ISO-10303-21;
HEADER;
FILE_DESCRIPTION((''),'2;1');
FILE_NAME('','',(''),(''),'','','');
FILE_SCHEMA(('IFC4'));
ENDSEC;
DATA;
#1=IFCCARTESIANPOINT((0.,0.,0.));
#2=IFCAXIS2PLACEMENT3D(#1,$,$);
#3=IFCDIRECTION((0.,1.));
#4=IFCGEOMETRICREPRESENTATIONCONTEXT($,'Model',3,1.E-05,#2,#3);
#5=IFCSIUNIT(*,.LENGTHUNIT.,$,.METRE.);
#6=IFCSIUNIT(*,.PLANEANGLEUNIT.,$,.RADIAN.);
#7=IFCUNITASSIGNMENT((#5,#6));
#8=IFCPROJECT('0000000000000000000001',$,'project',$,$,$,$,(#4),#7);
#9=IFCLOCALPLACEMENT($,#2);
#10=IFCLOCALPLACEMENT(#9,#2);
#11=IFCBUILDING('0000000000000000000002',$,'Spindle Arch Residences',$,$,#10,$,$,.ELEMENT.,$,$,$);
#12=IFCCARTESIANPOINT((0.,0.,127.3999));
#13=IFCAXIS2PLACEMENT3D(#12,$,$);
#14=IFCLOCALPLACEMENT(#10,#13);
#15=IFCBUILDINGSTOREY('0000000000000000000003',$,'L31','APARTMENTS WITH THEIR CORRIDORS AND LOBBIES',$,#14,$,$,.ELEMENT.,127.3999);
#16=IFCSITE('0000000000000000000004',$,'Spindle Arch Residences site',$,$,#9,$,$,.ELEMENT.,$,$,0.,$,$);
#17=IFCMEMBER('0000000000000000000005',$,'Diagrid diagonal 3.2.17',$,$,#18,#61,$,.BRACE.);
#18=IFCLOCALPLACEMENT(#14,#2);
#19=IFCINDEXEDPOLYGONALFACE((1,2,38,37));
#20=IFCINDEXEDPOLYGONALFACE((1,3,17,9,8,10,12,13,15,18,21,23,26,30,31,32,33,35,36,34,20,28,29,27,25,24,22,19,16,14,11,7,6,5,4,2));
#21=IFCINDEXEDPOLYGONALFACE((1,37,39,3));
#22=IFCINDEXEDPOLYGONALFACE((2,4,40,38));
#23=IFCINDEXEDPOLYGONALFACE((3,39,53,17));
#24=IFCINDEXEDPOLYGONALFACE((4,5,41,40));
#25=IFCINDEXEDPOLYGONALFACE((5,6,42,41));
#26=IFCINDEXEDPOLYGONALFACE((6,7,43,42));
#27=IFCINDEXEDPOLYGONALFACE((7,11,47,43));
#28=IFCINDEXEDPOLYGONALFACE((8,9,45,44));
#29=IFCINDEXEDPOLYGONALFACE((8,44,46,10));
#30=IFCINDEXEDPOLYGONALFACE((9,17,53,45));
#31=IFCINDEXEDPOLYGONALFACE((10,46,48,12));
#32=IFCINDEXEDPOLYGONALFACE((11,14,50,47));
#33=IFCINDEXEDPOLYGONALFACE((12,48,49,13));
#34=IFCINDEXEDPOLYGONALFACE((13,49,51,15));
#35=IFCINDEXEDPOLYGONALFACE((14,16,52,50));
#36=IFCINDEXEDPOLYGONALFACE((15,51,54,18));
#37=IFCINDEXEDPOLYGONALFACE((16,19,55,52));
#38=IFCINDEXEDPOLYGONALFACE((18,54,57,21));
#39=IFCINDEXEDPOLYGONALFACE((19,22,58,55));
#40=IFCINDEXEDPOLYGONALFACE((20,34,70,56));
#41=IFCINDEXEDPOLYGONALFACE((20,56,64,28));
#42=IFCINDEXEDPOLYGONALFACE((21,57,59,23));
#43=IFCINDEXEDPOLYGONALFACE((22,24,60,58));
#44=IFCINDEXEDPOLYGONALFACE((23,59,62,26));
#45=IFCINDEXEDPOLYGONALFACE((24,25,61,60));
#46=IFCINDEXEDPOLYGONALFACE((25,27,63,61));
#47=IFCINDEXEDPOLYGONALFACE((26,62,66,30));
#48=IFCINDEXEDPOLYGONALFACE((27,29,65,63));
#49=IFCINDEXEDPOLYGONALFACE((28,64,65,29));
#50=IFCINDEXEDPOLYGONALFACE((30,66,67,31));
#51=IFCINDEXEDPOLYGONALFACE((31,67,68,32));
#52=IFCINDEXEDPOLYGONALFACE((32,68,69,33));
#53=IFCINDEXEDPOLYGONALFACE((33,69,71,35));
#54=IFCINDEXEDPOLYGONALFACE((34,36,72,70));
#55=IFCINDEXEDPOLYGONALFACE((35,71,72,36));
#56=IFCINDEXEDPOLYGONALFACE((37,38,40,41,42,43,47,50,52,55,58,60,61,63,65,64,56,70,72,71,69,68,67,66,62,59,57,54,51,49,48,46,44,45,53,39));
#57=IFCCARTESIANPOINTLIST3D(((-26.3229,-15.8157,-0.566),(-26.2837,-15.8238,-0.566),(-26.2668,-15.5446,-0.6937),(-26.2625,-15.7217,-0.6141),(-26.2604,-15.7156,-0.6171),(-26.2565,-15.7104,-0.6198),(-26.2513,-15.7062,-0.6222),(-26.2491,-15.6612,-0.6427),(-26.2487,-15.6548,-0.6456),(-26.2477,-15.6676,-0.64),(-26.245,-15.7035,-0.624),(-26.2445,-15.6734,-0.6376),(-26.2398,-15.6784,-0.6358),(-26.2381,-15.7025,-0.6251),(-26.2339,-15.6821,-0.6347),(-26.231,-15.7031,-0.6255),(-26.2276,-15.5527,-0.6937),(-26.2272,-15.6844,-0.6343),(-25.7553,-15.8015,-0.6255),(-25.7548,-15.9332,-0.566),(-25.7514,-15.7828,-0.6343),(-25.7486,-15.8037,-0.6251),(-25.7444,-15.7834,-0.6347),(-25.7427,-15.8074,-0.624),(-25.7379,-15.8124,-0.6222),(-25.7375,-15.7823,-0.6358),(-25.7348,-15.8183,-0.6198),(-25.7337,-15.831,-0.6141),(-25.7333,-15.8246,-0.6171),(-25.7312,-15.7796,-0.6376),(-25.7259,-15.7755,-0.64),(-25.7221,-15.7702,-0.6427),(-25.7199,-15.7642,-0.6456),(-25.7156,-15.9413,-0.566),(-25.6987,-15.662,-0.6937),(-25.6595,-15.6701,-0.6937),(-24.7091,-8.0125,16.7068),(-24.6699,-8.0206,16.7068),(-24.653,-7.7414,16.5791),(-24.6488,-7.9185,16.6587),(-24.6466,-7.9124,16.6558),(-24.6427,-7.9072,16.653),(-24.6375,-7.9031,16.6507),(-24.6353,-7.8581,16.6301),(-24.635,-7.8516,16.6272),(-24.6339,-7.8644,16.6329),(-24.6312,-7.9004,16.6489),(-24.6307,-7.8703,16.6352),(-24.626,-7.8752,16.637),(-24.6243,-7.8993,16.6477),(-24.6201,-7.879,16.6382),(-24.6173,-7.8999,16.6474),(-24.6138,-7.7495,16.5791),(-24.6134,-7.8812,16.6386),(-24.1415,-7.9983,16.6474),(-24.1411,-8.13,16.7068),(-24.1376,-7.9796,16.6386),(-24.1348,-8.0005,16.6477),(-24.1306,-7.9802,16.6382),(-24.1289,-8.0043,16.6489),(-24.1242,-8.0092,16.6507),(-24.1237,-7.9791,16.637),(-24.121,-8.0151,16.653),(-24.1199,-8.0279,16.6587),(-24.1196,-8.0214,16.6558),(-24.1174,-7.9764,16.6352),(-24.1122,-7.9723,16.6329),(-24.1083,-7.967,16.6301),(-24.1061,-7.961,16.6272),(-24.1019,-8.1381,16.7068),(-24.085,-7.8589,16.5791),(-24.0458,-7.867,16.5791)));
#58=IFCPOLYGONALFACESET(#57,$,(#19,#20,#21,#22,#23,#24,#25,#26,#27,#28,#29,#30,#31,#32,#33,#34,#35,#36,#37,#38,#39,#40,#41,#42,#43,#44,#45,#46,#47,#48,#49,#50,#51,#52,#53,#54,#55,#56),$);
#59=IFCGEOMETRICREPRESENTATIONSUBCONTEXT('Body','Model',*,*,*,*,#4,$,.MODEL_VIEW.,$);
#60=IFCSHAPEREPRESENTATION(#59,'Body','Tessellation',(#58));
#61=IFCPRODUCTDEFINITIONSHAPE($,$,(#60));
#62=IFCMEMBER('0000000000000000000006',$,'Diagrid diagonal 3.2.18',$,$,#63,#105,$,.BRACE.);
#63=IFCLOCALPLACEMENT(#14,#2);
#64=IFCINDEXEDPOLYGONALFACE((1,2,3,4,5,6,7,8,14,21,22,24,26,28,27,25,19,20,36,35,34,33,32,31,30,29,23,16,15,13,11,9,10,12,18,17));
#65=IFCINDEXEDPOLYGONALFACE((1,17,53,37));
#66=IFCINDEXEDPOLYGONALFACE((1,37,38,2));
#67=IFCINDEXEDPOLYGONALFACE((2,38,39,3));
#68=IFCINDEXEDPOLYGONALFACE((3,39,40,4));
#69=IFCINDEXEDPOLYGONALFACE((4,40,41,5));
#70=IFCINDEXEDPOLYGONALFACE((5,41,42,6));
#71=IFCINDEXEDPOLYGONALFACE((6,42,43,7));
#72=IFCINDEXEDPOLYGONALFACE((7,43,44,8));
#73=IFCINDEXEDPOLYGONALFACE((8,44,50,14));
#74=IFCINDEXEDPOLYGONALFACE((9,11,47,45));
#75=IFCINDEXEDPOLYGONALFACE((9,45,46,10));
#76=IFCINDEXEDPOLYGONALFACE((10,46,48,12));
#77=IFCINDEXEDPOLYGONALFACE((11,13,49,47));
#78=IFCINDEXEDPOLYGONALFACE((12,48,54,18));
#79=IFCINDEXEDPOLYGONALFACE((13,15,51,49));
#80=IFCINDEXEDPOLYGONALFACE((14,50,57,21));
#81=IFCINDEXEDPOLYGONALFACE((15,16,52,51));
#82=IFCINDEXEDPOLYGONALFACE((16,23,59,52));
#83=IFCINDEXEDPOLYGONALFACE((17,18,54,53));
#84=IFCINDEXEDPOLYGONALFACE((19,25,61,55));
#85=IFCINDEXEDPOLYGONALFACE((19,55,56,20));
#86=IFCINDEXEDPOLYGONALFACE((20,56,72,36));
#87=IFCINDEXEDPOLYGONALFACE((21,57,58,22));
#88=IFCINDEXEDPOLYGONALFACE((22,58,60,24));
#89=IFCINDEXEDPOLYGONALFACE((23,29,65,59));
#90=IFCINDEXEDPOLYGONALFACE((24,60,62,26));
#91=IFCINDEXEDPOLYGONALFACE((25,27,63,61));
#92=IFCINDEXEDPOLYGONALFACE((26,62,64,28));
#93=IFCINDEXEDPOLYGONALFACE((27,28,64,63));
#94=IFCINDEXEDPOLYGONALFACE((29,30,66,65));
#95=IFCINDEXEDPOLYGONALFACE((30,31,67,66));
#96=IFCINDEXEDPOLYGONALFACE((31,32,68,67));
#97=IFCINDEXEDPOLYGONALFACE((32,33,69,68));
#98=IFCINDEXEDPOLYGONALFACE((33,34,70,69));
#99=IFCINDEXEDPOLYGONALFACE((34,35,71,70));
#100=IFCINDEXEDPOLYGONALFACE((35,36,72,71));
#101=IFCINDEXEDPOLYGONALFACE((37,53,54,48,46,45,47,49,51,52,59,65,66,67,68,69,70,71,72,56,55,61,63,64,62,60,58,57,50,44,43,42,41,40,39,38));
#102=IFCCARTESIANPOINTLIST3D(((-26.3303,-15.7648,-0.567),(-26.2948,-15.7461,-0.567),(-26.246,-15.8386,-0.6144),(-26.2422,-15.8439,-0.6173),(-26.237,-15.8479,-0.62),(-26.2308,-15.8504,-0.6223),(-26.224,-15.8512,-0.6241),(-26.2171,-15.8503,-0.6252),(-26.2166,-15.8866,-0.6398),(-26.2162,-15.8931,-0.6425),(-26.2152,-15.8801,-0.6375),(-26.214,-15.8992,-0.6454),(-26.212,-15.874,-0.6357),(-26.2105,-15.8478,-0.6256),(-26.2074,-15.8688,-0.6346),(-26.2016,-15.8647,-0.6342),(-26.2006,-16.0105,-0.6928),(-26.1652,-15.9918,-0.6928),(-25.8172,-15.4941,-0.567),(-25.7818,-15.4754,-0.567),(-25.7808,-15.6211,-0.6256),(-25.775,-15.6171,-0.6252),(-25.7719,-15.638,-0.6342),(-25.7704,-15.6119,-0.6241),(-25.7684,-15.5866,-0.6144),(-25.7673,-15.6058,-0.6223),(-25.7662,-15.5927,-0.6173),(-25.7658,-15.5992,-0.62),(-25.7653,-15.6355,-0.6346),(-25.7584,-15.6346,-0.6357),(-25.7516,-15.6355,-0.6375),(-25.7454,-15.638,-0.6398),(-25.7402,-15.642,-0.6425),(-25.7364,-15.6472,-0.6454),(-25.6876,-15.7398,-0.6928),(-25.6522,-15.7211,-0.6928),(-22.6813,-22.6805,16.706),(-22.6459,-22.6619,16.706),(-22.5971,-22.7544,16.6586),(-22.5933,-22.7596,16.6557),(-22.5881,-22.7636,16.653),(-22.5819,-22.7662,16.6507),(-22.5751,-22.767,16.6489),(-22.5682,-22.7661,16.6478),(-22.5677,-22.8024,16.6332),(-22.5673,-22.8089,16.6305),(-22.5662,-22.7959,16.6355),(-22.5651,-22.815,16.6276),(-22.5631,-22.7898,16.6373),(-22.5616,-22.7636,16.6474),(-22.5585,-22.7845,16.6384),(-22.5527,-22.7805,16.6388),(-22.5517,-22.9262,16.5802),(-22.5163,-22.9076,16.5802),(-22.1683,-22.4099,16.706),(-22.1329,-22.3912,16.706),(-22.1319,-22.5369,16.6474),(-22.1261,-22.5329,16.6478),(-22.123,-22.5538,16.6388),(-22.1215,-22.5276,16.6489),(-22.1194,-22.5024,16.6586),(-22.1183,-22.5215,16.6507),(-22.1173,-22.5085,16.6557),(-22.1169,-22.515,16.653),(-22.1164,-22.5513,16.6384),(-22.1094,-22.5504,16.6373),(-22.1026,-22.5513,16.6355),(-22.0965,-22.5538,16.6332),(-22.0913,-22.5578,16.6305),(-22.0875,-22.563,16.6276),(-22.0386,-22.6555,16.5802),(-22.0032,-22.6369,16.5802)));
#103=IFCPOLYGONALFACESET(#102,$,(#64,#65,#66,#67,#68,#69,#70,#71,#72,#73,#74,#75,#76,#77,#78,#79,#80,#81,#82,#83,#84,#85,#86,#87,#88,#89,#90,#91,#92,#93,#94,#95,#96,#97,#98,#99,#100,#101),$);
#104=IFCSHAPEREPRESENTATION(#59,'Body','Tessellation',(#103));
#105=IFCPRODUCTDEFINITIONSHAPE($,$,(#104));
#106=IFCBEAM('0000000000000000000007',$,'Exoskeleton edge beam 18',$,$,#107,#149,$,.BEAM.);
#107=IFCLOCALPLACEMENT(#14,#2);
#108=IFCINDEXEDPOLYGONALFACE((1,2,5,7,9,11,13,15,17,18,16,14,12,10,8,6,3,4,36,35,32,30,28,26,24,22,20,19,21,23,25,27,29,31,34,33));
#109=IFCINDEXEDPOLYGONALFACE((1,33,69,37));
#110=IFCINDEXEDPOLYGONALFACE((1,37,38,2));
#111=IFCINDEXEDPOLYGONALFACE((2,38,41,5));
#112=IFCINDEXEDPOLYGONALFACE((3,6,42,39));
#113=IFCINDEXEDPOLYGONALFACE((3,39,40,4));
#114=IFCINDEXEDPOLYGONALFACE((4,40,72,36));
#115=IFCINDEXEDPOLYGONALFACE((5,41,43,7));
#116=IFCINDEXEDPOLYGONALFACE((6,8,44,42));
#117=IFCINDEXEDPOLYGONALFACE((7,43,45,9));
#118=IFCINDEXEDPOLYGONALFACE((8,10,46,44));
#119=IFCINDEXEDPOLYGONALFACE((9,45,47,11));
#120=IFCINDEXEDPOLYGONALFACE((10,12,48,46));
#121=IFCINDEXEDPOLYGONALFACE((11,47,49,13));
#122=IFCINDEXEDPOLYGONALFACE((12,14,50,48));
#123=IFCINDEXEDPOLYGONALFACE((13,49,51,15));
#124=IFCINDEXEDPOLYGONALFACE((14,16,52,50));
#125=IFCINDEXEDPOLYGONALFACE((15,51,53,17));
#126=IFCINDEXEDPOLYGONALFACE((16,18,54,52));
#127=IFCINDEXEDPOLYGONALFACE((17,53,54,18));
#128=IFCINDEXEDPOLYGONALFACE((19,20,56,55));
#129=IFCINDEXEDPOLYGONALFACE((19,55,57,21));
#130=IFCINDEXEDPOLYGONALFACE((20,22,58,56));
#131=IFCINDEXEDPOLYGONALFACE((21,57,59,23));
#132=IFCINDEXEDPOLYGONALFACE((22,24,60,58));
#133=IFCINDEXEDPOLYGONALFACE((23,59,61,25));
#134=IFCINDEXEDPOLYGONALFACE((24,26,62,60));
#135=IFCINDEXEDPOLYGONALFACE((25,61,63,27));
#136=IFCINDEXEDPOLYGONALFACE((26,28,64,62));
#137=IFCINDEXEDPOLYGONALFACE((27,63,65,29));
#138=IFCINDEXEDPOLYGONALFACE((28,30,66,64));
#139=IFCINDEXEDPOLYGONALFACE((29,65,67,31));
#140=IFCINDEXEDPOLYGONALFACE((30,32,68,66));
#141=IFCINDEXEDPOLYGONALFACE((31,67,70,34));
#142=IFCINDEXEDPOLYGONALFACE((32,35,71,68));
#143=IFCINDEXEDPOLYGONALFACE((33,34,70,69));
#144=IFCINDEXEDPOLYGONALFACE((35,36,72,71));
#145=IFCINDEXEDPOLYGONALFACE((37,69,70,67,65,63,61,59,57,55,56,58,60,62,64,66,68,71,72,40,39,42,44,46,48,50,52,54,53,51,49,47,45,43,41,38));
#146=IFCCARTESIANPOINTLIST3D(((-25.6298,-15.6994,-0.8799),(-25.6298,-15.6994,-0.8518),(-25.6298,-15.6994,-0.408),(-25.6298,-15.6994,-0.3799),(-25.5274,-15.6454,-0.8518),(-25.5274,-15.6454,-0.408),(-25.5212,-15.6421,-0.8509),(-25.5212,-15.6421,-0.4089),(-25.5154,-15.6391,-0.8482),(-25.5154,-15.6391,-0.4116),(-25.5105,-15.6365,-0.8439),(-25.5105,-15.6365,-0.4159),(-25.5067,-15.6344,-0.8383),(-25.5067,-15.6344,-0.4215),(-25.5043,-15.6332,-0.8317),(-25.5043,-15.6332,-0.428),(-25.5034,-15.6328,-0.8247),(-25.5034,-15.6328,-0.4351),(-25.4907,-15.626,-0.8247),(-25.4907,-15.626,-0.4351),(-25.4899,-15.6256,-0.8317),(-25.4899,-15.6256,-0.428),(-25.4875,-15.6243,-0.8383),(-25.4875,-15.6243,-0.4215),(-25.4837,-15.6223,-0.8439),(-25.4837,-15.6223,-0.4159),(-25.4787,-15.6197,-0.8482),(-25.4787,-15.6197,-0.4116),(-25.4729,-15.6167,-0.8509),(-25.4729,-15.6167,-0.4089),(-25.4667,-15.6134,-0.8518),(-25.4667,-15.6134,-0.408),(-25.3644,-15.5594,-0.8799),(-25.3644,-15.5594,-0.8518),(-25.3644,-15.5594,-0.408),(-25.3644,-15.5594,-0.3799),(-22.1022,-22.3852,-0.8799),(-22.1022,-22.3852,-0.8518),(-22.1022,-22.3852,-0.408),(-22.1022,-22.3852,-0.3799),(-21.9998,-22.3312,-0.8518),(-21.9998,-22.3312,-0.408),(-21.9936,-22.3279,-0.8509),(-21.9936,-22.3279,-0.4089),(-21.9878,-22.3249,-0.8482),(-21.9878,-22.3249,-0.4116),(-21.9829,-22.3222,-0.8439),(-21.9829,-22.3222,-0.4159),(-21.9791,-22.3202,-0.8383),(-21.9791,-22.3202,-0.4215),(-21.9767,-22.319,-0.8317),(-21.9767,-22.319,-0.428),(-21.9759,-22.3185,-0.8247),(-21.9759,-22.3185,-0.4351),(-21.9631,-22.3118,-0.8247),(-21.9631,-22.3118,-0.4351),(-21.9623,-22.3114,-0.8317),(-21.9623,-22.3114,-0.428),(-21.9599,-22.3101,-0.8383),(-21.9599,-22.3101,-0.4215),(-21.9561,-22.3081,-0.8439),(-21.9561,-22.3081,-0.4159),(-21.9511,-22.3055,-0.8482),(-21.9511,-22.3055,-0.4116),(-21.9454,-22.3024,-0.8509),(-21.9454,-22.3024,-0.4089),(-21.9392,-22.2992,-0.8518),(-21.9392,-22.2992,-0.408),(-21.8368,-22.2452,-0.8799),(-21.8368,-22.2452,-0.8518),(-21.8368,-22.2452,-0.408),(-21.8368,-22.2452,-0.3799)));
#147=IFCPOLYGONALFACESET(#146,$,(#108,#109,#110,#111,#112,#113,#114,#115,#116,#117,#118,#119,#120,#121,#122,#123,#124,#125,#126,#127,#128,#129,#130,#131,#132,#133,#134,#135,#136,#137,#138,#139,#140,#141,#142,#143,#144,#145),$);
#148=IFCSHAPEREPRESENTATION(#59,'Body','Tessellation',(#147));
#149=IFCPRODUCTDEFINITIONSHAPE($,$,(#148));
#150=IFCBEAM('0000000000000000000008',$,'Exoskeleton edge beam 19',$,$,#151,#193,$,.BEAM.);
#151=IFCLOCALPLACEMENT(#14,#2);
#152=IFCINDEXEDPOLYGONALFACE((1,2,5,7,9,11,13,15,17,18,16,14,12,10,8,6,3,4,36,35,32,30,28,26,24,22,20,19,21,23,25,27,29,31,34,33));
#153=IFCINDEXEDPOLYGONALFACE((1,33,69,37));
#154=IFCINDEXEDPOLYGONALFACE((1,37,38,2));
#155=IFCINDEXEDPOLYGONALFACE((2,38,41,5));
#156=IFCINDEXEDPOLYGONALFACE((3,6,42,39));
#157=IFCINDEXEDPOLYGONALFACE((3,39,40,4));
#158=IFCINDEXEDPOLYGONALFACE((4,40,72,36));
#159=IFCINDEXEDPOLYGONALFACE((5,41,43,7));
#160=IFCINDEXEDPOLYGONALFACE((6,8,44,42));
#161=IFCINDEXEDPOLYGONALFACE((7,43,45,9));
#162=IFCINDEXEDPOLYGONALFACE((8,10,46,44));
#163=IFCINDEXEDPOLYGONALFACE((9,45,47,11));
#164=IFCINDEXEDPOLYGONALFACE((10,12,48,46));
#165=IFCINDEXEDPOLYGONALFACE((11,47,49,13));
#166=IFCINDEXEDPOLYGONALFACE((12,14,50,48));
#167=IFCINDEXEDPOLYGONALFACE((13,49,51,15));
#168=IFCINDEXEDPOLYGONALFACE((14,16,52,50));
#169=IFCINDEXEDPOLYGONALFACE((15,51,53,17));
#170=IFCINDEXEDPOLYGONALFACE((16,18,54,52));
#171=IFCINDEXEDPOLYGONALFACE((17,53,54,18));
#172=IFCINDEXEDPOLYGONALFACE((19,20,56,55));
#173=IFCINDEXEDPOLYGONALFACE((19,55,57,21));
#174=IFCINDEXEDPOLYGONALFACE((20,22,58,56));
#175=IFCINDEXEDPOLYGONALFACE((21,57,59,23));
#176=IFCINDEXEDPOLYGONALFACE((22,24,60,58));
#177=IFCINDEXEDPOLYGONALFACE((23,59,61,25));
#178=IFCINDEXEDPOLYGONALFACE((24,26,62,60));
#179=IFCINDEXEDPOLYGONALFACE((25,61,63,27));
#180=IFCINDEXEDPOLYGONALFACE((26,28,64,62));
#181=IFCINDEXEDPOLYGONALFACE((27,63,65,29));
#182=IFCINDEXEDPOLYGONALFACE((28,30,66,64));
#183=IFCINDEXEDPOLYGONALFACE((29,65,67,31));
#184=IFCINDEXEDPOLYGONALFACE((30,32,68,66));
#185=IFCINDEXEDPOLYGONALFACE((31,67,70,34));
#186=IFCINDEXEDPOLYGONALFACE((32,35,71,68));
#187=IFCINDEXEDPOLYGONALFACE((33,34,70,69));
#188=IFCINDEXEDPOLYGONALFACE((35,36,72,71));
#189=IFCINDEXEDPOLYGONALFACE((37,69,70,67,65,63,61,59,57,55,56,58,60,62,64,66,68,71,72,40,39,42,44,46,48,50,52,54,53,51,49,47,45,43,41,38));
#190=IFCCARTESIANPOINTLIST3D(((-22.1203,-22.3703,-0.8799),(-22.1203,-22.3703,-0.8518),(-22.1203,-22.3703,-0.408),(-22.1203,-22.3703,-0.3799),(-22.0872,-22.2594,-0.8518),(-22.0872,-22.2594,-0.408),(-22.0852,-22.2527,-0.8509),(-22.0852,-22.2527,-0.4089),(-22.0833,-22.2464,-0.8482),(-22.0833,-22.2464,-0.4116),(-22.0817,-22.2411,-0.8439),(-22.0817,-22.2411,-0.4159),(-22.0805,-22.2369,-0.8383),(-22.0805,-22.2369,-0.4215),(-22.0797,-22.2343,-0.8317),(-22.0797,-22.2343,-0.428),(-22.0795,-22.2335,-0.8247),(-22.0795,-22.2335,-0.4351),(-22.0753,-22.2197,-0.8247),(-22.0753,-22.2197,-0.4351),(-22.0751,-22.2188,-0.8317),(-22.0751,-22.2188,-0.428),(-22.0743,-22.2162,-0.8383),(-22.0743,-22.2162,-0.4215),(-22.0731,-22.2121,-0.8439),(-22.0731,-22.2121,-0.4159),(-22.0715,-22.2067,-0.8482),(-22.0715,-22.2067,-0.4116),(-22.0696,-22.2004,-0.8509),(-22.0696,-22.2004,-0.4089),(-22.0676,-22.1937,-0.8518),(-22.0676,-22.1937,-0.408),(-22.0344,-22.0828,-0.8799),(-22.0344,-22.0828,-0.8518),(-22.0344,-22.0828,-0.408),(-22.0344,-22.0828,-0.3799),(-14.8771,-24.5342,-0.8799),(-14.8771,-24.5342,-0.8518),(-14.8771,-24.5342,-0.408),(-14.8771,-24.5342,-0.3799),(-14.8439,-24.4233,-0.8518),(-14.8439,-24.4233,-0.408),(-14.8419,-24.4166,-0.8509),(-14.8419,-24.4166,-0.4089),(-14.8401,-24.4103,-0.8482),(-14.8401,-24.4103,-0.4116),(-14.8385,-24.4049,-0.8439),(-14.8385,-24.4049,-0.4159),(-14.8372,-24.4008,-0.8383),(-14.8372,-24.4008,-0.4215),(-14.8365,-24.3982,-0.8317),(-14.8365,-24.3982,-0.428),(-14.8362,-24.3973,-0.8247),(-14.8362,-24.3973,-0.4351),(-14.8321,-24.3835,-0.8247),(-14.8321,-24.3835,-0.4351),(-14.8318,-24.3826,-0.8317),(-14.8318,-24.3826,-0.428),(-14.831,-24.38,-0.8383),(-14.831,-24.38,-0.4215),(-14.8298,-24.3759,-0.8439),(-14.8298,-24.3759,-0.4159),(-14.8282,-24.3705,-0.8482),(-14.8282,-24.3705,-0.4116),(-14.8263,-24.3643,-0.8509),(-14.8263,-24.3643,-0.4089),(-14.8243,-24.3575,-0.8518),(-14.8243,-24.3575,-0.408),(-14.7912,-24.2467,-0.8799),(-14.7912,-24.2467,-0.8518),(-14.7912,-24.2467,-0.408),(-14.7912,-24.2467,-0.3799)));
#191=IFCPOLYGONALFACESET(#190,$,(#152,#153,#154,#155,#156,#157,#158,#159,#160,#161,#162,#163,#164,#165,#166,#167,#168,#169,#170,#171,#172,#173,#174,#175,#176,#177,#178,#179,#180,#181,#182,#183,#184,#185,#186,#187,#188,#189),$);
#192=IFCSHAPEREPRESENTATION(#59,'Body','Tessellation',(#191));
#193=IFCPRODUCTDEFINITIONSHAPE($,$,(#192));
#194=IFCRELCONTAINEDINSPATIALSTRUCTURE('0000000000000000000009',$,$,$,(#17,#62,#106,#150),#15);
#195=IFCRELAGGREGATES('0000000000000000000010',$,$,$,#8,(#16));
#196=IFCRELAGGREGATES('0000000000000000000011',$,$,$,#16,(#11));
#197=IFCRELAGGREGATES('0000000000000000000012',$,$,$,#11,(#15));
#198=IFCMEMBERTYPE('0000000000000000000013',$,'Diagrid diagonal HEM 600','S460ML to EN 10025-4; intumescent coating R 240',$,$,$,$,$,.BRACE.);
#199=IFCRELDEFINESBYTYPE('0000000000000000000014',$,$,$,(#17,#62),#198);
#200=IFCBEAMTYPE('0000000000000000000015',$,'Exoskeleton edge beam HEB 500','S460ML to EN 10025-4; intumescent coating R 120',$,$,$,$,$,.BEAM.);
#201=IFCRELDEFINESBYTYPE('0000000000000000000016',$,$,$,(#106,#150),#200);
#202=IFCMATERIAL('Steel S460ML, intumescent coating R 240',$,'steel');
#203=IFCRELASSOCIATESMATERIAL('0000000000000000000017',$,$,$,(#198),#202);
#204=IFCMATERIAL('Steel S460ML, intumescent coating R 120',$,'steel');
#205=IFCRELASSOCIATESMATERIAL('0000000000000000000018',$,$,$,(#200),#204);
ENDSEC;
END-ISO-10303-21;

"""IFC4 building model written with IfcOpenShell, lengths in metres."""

from ifc_helpers import new_model, si_unit, direction, frame, origin, origin_2d, place, context, subcontext, project, spatial, i_section, extrude, material, material_profile, profile_set, type_object, element, save


model = new_model("IFC4")

# Units and contexts
model_context = context("Model", 3, precision=1e-05, world=origin(), true_north=direction((0.0, 1.0)))
body_context = subcontext(model_context, "Body", "Model", "MODEL_VIEW")
ifc_project = project(units=[si_unit("LENGTHUNIT", "METRE"), si_unit("PLANEANGLEUNIT", "RADIAN")], contexts=[model_context])

# Site, building, storey
site_placement = place(None, origin())
site = spatial("IfcSite", under=ifc_project, at=site_placement, Name="Spindle Arch Residences site", CompositionType="ELEMENT", RefElevation=0.0)
building_placement = place(site_placement, origin())
building = spatial("IfcBuilding", under=site, at=building_placement, Name="Spindle Arch Residences", CompositionType="ELEMENT")
storey_placement = place(building_placement, frame((0.0, 0.0, 127.3999)))
storey = spatial("IfcBuildingStorey", under=building, at=storey_placement, Name="L31", Description="APARTMENTS WITH THEIR CORRIDORS AND LOBBIES", CompositionType="ELEMENT", Elevation=127.3999)

# Members
ifc_material_1 = material(Name="Steel S460ML, intumescent coating R 240", Category="steel")
ifc_material_profile_1 = material_profile(ifc_material_1, i_section(OverallWidth=0.3049, OverallDepth=0.6201, WebThickness=0.021, FlangeThickness=0.04, FilletRadius=0.0271, at=origin_2d()), Name="HEM 600")
ifc_profile_set_1 = profile_set([ifc_material_profile_1], Name="Steel S460ML, intumescent coating R 240")
member_type_1 = type_object("IfcMemberType", Name="Diagrid diagonal HEM 600", Description="S460ML to EN 10025-4; intumescent coating R 240", PredefinedType="BRACE", material=ifc_profile_set_1)
member_1_placement = place(storey_placement, frame((-25.9912, -15.7429, -0.6299), z_axis=(0.084836, 0.410214, 0.908035), x_axis=(-0.183898, -0.889218, 0.418894)))
element("IfcMember", 1, at=member_1_placement, inside=storey, type_object=member_type_1, Name="Diagrid diagonal 3.2.17", PredefinedType="BRACE", context=body_context, shape_type="SweptSolid", body=[
    extrude(i_section(OverallWidth=0.3049, OverallDepth=0.6201, WebThickness=0.021, FlangeThickness=0.04, FilletRadius=0.0271, at=origin_2d()), origin(), (0.0, 0.0, 1.0), 19.0222),
])
member_2_placement = place(storey_placement, frame((-25.9912, -15.7429, -0.6299), z_axis=(0.19245, -0.364748, 0.911001), x_axis=(-0.42512, 0.805726, 0.412405)))
element("IfcMember", 2, at=member_2_placement, inside=storey, type_object=member_type_1, Name="Diagrid diagonal 3.2.18", PredefinedType="BRACE", context=body_context, shape_type="SweptSolid", body=[
    extrude(i_section(OverallWidth=0.3049, OverallDepth=0.6201, WebThickness=0.021, FlangeThickness=0.04, FilletRadius=0.0271, at=origin_2d()), origin(), (0.0, 0.0, 1.0), 18.9604),
])

# Beams
ifc_material_2 = material(Name="Steel S460ML, intumescent coating R 120", Category="steel")
ifc_material_profile_2 = material_profile(ifc_material_2, i_section(OverallWidth=0.3, OverallDepth=0.5, WebThickness=0.0144, FlangeThickness=0.0281, FilletRadius=0.0271, at=origin_2d()), Name="HEB 500")
ifc_profile_set_2 = profile_set([ifc_material_profile_2], Name="Steel S460ML, intumescent coating R 120")
beam_type_1 = type_object("IfcBeamType", Name="Exoskeleton edge beam HEB 500", Description="S460ML to EN 10025-4; intumescent coating R 120", PredefinedType="BEAM", material=ifc_profile_set_2)
beam_1_placement = place(storey_placement, frame((-25.4971, -15.6294, -0.6299), z_axis=(0.466653, -0.884441, 0.0), x_axis=(0.884441, 0.466653, 0.0)))
element("IfcBeam", 3, at=beam_1_placement, inside=storey, type_object=beam_type_1, Name="Exoskeleton edge beam 18", PredefinedType="BEAM", context=body_context, shape_type="SweptSolid", body=[
    extrude(i_section(OverallWidth=0.3, OverallDepth=0.5, WebThickness=0.0144, FlangeThickness=0.0281, FilletRadius=0.0271, at=origin_2d()), origin(), (0.0, 0.0, 1.0), 7.5593),
])
beam_2_placement = place(storey_placement, frame((-22.0774, -22.2266, -0.6299), z_axis=(0.958158, -0.28624, 0.0), x_axis=(0.28624, 0.958158, 0.0)))
element("IfcBeam", 4, at=beam_2_placement, inside=storey, type_object=beam_type_1, Name="Exoskeleton edge beam 19", PredefinedType="BEAM", context=body_context, shape_type="SweptSolid", body=[
    extrude(i_section(OverallWidth=0.3, OverallDepth=0.5, WebThickness=0.0144, FlangeThickness=0.0281, FilletRadius=0.0271, at=origin_2d()), origin(), (0.0, 0.0, 1.0), 7.5596),
])

save(model, "model.ifc")
